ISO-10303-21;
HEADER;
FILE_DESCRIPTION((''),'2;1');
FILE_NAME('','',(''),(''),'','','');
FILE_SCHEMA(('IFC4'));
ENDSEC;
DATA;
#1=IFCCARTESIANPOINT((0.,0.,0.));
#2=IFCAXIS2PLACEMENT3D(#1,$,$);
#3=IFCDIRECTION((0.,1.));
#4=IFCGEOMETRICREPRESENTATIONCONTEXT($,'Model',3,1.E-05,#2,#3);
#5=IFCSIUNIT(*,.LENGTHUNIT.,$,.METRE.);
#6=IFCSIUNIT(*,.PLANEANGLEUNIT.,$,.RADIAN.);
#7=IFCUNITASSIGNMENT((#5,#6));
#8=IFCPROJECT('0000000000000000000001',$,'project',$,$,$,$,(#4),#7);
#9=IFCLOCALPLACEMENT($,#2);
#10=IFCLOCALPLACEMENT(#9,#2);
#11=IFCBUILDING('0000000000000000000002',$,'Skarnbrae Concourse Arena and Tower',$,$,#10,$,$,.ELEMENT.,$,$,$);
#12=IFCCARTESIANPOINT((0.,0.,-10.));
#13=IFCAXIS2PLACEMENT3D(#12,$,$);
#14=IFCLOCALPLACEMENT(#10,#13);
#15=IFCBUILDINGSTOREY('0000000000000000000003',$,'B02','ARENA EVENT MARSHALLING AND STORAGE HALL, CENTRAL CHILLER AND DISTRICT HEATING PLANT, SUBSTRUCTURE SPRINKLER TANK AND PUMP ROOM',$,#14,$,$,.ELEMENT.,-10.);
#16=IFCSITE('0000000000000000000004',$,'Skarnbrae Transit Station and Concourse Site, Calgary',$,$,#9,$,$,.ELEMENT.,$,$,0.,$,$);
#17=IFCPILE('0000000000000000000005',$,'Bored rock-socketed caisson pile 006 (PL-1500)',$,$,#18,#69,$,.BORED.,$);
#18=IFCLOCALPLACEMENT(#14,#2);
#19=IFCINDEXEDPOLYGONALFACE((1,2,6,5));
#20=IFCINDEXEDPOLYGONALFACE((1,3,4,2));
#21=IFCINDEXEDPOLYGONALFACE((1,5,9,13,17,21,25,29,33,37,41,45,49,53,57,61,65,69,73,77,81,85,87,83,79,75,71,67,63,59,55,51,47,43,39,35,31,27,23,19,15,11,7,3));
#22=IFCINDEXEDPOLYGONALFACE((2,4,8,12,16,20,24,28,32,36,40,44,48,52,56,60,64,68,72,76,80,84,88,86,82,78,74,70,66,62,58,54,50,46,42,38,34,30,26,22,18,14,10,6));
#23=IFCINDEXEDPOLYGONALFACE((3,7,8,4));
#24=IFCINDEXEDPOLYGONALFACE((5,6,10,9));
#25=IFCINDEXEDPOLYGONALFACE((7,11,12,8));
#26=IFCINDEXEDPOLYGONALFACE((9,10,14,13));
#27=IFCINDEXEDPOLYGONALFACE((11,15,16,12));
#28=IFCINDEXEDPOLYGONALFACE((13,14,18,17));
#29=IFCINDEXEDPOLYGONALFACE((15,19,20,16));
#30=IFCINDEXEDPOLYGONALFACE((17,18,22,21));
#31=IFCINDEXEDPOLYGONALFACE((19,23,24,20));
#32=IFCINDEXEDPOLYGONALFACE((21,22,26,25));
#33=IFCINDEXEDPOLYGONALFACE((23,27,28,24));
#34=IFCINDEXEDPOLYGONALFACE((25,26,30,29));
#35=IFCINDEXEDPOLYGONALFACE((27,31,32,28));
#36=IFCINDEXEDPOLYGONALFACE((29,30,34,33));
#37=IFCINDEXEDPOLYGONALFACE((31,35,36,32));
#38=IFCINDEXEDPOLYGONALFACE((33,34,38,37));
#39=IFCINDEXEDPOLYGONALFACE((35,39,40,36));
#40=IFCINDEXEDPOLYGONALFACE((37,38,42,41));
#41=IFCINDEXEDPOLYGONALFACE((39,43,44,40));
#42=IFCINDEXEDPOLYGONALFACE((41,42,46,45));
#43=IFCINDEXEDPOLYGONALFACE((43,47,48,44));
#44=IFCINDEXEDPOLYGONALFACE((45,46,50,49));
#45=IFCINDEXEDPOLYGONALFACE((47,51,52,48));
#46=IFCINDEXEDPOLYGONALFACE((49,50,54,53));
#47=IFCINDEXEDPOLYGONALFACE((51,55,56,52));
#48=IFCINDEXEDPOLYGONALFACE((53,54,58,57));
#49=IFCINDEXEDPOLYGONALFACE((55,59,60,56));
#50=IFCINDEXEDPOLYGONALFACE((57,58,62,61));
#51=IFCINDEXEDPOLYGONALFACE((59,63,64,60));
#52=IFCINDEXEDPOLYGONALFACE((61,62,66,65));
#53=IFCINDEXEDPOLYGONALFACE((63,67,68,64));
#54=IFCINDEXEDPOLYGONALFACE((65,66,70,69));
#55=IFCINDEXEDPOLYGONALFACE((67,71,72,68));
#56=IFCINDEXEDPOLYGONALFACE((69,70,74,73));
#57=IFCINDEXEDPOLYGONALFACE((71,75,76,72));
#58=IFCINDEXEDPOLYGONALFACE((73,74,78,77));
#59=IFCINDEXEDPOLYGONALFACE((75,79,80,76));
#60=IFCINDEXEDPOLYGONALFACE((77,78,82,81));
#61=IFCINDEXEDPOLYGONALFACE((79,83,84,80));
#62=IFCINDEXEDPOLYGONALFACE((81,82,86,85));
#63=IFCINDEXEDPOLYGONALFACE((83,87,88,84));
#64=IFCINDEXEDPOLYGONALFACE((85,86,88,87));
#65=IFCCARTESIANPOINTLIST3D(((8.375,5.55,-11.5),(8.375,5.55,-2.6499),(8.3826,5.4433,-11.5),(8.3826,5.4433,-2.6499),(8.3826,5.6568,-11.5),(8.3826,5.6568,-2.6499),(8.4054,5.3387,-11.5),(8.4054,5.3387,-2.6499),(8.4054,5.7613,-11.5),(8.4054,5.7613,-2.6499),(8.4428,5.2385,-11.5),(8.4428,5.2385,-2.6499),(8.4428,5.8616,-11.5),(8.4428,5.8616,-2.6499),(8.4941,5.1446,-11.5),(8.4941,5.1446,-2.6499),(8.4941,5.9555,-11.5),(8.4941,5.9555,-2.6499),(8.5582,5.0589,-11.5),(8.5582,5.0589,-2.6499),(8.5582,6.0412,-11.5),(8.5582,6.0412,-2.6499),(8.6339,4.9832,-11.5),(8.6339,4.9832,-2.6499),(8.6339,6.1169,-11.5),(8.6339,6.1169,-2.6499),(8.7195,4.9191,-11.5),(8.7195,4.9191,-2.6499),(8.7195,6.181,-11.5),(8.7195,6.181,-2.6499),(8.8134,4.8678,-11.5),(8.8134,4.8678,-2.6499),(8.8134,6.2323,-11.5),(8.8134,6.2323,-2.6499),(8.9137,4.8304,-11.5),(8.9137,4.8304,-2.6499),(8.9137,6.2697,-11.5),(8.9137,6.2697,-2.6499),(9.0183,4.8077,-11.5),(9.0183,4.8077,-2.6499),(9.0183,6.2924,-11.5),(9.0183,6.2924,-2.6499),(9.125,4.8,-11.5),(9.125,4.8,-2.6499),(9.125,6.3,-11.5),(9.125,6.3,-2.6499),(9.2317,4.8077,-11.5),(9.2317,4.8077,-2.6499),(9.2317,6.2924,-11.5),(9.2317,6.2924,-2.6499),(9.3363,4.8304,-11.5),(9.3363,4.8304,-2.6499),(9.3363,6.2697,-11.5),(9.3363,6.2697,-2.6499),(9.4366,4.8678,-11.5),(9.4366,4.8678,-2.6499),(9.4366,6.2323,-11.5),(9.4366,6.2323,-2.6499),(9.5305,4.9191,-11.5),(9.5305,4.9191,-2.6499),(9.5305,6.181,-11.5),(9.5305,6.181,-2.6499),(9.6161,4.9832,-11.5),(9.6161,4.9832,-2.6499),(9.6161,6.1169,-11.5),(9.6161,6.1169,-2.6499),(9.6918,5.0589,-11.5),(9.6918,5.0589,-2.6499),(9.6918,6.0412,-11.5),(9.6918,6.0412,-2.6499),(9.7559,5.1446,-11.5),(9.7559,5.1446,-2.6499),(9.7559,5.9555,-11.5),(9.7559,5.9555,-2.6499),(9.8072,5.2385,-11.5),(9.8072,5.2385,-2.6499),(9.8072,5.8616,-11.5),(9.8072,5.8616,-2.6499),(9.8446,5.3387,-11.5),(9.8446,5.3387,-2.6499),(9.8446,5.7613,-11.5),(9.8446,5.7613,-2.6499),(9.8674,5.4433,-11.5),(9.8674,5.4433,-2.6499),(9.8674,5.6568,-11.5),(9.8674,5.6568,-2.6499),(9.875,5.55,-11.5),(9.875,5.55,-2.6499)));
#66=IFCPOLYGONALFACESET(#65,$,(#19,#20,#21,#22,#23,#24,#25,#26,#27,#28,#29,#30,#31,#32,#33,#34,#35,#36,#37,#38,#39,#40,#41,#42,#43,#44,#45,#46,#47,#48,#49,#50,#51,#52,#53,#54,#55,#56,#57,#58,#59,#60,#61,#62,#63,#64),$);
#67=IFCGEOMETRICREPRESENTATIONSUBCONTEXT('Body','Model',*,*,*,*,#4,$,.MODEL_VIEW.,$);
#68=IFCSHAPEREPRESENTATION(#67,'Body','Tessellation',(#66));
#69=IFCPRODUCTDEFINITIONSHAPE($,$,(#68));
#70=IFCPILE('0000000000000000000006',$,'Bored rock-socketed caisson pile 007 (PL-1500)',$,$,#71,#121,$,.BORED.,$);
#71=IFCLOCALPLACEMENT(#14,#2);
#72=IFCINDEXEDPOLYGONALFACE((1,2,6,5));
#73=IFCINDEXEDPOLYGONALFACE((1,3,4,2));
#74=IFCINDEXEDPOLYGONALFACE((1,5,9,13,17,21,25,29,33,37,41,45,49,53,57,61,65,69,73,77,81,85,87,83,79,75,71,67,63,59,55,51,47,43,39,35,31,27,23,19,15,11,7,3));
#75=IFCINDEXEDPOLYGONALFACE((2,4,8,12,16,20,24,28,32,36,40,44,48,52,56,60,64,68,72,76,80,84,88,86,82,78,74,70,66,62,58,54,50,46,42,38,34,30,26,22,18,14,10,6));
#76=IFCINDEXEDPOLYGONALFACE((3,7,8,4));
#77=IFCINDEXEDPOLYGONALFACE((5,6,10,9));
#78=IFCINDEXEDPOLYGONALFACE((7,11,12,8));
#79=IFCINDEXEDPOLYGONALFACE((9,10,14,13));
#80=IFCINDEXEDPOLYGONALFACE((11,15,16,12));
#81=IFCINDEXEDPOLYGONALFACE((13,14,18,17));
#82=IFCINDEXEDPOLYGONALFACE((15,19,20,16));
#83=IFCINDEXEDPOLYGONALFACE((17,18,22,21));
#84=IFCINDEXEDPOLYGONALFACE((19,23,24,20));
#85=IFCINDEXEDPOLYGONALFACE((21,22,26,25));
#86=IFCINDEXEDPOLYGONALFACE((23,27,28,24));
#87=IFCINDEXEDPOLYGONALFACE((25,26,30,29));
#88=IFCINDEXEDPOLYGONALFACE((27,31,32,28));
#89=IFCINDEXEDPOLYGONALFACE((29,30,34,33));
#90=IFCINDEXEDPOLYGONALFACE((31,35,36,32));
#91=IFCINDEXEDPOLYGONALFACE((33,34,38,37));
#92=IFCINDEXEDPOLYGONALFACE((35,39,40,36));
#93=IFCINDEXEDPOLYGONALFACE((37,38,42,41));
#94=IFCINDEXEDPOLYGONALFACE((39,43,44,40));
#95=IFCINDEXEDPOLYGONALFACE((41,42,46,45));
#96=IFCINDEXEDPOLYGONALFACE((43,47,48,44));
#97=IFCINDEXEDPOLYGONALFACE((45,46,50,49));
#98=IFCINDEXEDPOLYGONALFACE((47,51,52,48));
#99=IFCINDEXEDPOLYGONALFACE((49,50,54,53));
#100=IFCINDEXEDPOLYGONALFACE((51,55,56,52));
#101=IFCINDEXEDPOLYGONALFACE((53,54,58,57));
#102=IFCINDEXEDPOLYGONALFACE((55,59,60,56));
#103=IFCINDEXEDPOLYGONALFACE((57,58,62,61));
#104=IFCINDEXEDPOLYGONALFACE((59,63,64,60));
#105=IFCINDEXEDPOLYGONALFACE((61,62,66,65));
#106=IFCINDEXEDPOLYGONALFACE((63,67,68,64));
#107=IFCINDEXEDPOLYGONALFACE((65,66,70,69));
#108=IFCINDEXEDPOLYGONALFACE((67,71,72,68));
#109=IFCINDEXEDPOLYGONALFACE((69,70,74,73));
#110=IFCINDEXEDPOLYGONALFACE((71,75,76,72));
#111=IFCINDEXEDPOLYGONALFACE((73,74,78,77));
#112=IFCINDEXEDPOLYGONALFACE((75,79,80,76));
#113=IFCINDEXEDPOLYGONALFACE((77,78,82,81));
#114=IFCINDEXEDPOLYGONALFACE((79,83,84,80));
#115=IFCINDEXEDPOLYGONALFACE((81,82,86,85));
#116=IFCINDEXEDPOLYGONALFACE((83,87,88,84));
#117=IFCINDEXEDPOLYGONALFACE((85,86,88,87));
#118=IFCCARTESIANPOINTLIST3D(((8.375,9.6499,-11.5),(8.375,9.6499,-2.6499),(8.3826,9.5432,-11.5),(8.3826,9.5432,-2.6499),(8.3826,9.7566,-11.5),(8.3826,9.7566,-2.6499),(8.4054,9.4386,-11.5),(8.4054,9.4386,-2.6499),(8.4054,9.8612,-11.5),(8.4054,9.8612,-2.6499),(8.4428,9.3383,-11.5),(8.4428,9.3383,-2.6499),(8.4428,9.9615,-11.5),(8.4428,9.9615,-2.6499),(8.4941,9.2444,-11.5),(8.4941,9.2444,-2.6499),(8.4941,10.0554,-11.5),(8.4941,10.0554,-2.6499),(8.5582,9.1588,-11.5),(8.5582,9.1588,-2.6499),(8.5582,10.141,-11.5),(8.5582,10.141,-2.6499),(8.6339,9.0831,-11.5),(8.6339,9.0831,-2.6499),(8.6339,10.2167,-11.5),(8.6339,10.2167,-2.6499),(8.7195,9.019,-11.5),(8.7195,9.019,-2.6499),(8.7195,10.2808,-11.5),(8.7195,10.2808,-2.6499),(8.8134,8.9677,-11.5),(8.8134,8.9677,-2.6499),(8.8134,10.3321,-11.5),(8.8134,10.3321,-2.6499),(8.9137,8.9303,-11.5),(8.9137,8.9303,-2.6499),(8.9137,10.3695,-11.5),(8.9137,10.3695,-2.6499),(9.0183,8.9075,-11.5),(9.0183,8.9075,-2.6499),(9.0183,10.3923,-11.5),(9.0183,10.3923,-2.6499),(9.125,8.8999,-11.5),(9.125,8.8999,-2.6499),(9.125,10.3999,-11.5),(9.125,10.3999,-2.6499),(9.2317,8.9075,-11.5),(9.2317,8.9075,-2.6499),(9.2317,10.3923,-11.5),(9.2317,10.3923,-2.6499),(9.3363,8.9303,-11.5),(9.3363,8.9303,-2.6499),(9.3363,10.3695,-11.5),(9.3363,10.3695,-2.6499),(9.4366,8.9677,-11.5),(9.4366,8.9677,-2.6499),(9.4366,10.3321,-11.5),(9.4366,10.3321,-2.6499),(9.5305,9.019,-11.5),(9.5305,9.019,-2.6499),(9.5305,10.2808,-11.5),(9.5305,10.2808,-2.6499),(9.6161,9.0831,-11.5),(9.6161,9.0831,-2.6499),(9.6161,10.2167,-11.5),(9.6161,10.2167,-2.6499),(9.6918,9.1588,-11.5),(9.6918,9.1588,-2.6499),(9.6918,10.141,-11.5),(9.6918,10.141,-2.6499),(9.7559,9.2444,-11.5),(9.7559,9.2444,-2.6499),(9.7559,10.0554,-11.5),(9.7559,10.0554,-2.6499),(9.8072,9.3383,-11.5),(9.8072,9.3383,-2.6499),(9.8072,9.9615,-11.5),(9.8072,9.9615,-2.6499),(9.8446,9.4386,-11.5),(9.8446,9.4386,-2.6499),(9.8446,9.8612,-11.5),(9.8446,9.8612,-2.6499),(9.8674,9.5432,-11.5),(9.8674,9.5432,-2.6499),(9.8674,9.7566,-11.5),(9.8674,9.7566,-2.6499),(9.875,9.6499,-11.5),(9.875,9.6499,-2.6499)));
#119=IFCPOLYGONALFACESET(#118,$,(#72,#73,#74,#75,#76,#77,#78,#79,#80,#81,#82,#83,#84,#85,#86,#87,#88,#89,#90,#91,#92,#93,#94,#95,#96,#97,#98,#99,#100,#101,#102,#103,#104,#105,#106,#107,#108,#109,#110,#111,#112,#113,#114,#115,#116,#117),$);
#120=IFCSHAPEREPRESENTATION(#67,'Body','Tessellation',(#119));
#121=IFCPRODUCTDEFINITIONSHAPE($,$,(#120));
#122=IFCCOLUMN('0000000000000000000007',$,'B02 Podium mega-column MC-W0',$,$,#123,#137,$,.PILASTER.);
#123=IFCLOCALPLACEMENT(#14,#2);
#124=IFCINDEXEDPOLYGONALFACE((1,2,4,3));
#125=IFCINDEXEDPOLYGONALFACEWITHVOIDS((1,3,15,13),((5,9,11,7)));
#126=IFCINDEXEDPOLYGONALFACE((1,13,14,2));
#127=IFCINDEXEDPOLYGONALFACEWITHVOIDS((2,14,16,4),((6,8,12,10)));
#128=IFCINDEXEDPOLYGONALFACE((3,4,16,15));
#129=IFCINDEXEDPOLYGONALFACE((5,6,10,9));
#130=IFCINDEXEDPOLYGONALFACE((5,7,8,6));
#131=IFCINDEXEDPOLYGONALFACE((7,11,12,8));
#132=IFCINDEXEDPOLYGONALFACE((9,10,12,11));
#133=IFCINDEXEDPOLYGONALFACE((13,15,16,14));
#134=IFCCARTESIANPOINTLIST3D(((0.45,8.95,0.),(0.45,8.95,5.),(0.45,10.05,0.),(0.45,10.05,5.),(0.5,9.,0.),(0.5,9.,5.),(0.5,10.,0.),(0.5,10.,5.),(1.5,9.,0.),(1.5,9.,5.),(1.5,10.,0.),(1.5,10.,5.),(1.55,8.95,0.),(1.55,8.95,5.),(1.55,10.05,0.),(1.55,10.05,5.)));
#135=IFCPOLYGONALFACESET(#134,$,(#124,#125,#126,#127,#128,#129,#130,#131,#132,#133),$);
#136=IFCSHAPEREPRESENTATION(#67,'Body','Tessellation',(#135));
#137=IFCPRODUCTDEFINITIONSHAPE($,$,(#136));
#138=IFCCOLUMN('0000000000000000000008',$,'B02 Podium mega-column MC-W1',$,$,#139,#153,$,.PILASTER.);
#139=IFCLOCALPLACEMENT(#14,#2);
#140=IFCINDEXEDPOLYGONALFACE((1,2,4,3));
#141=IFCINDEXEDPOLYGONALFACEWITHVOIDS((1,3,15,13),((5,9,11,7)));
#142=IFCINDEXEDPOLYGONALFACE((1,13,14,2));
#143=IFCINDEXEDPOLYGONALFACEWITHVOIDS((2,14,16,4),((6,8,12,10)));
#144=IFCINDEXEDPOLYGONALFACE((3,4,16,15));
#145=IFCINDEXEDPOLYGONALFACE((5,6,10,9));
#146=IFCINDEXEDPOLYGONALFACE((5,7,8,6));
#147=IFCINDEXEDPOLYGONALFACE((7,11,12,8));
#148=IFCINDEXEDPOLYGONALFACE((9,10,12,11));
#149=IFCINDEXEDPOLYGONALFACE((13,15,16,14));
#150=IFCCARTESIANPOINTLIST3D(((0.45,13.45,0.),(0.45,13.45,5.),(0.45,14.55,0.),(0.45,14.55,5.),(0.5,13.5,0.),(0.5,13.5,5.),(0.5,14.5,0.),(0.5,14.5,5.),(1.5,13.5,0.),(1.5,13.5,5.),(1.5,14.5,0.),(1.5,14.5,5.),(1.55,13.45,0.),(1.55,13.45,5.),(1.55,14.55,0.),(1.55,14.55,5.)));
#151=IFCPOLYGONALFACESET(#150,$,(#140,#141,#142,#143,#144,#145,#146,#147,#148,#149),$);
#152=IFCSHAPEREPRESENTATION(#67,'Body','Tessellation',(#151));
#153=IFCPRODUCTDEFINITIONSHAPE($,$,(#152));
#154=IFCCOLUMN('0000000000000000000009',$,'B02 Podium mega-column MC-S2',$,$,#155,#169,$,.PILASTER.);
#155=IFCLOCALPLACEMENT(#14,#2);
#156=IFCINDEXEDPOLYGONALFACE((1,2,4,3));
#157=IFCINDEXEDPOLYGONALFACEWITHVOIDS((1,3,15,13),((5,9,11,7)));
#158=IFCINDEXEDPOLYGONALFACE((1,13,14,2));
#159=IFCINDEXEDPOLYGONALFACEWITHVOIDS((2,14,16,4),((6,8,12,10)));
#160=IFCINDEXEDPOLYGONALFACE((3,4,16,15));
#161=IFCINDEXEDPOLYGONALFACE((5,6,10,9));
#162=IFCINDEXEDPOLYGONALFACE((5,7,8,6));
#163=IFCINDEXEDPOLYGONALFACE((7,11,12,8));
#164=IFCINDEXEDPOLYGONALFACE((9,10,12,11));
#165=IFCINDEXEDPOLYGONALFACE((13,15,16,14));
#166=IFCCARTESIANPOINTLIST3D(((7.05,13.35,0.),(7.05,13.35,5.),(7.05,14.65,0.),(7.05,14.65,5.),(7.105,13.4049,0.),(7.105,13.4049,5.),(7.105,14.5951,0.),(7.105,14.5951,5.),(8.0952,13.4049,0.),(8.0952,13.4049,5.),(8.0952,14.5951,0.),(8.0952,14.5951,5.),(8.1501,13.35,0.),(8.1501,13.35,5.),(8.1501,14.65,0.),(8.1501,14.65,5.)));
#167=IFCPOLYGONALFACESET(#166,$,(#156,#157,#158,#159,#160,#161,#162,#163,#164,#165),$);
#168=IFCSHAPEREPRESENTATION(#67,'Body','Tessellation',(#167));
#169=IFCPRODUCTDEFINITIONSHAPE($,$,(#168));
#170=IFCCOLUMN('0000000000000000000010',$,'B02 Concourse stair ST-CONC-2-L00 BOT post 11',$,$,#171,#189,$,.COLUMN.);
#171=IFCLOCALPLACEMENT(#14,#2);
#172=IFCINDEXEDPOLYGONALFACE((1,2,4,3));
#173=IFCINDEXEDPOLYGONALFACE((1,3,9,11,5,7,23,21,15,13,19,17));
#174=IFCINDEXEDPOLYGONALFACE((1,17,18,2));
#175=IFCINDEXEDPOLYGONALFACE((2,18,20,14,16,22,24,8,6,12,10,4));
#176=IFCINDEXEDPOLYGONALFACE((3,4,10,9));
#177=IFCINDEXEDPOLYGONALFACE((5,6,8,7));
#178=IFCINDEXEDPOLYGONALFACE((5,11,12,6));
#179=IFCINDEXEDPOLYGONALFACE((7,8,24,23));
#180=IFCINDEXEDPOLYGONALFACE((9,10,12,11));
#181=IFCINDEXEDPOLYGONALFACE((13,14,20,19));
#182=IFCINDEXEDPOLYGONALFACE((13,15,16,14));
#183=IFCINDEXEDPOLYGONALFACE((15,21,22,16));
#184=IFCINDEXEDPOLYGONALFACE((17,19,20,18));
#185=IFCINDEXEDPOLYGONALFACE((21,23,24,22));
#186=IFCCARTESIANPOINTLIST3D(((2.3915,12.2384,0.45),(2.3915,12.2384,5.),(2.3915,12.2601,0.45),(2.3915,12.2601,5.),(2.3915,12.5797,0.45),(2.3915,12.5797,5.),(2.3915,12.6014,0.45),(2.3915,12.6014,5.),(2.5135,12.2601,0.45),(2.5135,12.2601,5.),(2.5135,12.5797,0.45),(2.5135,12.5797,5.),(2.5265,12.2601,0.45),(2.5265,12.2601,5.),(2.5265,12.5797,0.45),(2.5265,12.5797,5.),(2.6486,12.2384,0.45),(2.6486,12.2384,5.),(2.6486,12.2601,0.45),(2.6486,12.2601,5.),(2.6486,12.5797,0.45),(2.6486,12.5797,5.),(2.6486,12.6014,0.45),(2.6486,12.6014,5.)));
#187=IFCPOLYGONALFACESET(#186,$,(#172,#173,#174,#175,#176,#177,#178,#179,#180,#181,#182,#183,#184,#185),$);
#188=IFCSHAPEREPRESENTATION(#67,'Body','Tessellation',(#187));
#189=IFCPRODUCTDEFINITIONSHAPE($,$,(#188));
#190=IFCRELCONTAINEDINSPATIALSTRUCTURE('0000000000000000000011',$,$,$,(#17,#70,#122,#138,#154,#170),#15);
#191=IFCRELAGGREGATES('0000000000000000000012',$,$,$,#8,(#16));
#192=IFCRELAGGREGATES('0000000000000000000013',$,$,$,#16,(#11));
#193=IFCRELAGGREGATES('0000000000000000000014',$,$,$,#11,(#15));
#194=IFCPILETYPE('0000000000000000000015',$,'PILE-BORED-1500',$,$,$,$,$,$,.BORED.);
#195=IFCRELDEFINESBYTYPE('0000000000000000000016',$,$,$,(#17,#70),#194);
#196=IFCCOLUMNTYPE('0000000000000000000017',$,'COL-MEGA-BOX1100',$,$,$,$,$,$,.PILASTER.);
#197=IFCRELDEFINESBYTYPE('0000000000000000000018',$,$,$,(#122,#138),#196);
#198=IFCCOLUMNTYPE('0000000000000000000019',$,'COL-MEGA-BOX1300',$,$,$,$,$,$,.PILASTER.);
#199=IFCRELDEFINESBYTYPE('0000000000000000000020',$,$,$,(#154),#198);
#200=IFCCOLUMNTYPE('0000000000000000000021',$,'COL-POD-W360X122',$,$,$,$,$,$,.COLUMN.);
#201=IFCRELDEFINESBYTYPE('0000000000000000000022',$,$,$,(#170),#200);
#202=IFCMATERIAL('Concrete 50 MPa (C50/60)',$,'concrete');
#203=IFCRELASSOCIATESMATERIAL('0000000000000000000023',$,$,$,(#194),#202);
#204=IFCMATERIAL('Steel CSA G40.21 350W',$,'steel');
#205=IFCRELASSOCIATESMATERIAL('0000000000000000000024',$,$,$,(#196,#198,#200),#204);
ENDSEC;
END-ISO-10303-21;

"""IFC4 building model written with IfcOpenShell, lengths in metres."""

from ifc_helpers import new_model, si_unit, direction, frame, origin, origin_2d, place, context, subcontext, project, spatial, hollow_rectangle, circle, i_section, extrude, source, transform, mapped, material, material_profile, profile_set, type_object, element, save


model = new_model("IFC4")

# Units and contexts
model_context = context("Model", 3, precision=1e-05, world=origin(), true_north=direction((0.0, 1.0)))
body_context = subcontext(model_context, "Body", "Model", "MODEL_VIEW")
ifc_project = project(units=[si_unit("LENGTHUNIT", "METRE"), si_unit("PLANEANGLEUNIT", "RADIAN")], contexts=[model_context])

# Site, building, storey
site_placement = place(None, origin())
site = spatial("IfcSite", under=ifc_project, at=site_placement, Name="Skarnbrae Transit Station and Concourse Site, Calgary", CompositionType="ELEMENT", RefElevation=0.0)
building_placement = place(site_placement, origin())
building = spatial("IfcBuilding", under=site, at=building_placement, Name="Skarnbrae Concourse Arena and Tower", CompositionType="ELEMENT")
storey_placement = place(building_placement, frame((0.0, 0.0, -10.0)))
storey = spatial("IfcBuildingStorey", under=building, at=storey_placement, Name="B02", Description="ARENA EVENT MARSHALLING AND STORAGE HALL, CENTRAL CHILLER AND DISTRICT HEATING PLANT, SUBSTRUCTURE SPRINKLER TANK AND PUMP ROOM", CompositionType="ELEMENT", Elevation=-10.0)

# Piles
ifc_material_1 = material(Name="Concrete 50 MPa (C50/60)", Category="concrete")
ifc_material_profile_1 = material_profile(ifc_material_1, circle(Radius=0.75, at=origin_2d()), Name="CAISSON-1500")
ifc_profile_set_1 = profile_set([ifc_material_profile_1], Name="Concrete 50 MPa (C50/60)")
pile_type = type_object("IfcPileType", Name="PILE-BORED-1500", PredefinedType="BORED", material=ifc_profile_set_1)
shared_shape_1 = source(origin(), body_context, "Body", "SweptSolid", [
    extrude(circle(Radius=0.75, at=origin_2d()), origin(), (0.0, 0.0, 1.0), 8.8501),
])
for number, where, z_axis, x_axis, name in (
    (1, (9.125, 5.55, -2.6499), (0.0, 0.0, -1.0), (1.0, 0.0, 0.0), "Bored rock-socketed caisson pile 006 (PL-1500)"),
    (2, (9.125, 9.6499, -2.6499), (0.0, 0.0, -1.0), (1.0, 0.0, 0.0), "Bored rock-socketed caisson pile 007 (PL-1500)"),
):
    element("IfcPile", number, at=place(storey_placement, frame(where, z_axis=z_axis, x_axis=x_axis)), inside=storey, type_object=pile_type, Name=name, PredefinedType="BORED", context=body_context, shape_type="MappedRepresentation", body=[
        mapped(shared_shape_1, transform((0.0, 0.0, 0.0))),
    ])

# Columns
ifc_material_2 = material(Name="Steel CSA G40.21 350W", Category="steel")
ifc_material_profile_2 = material_profile(ifc_material_2, hollow_rectangle(XDim=1.1001, YDim=1.1001, WallThickness=0.05, at=origin_2d()), Name="BOX1100X1100X50")
ifc_profile_set_2 = profile_set([ifc_material_profile_2], Name="Steel CSA G40.21 350W")
column_type_1 = type_object("IfcColumnType", Name="COL-MEGA-BOX1100", PredefinedType="PILASTER", material=ifc_profile_set_2)
shared_shape_2 = source(origin(), body_context, "Body", "SweptSolid", [
    extrude(hollow_rectangle(XDim=1.1001, YDim=1.1001, WallThickness=0.05, at=origin_2d()), origin(), (0.0, 0.0, 1.0), 5.0),
])
for number, where, z_axis, x_axis, name in (
    (3, (1.0, 9.5, 0.0), (0.0, 0.0, 1.0), (1.0, 0.0, 0.0), "B02 Podium mega-column MC-W0"),
    (4, (1.0, 14.0, 0.0), (0.0, 0.0, 1.0), (1.0, 0.0, 0.0), "B02 Podium mega-column MC-W1"),
):
    element("IfcColumn", number, at=place(storey_placement, frame(where, z_axis=z_axis, x_axis=x_axis)), inside=storey, type_object=column_type_1, Name=name, PredefinedType="PILASTER", context=body_context, shape_type="MappedRepresentation", body=[
        mapped(shared_shape_2, transform((0.0, 0.0, 0.0))),
    ])
ifc_material_profile_3 = material_profile(ifc_material_2, hollow_rectangle(XDim=1.1001, YDim=1.3, WallThickness=0.0549, at=origin_2d()), Name="BOX1300X1100X55")
ifc_profile_set_3 = profile_set([ifc_material_profile_3], Name="Steel CSA G40.21 350W")
column_type_2 = type_object("IfcColumnType", Name="COL-MEGA-BOX1300", PredefinedType="PILASTER", material=ifc_profile_set_3)
shared_shape_3 = source(origin(), body_context, "Body", "SweptSolid", [
    extrude(hollow_rectangle(XDim=1.1001, YDim=1.3, WallThickness=0.0549, at=origin_2d()), origin(), (0.0, 0.0, 1.0), 5.0),
])
column_placement = place(storey_placement, frame((7.6001, 14.0, 0.0), z_axis=(0.0, 0.0, 1.0), x_axis=(1.0, 0.0, 0.0)))
element("IfcColumn", 5, at=column_placement, inside=storey, type_object=column_type_2, Name="B02 Podium mega-column MC-S2", PredefinedType="PILASTER", context=body_context, shape_type="MappedRepresentation", body=[
    mapped(shared_shape_3, transform((0.0, 0.0, 0.0))),
])
ifc_material_profile_4 = material_profile(ifc_material_2, i_section(OverallWidth=0.2571, OverallDepth=0.363, WebThickness=0.0129, FlangeThickness=0.0217, at=origin_2d()), Name="W360X122")
ifc_profile_set_4 = profile_set([ifc_material_profile_4], Name="Steel CSA G40.21 350W")
column_type_3 = type_object("IfcColumnType", Name="COL-POD-W360X122", PredefinedType="COLUMN", material=ifc_profile_set_4)
shared_shape_4 = source(origin(), body_context, "Body", "SweptSolid", [
    extrude(i_section(OverallWidth=0.2571, OverallDepth=0.363, WebThickness=0.0129, FlangeThickness=0.0217, at=origin_2d()), origin(), (0.0, 0.0, 1.0), 4.55),
])
for number, where, z_axis, x_axis, name in (
    (6, (2.52, 12.4199, 0.45), (0.0, 0.0, 1.0), (1.0, 0.0, 0.0), "B02 Concourse stair ST-CONC-2-L00 BOT post 11"),
):
    element("IfcColumn", number, at=place(storey_placement, frame(where, z_axis=z_axis, x_axis=x_axis)), inside=storey, type_object=column_type_3, Name=name, PredefinedType="COLUMN", context=body_context, shape_type="MappedRepresentation", body=[
        mapped(shared_shape_4, transform((0.0, 0.0, 0.0))),
    ])

save(model, "model.ifc")
